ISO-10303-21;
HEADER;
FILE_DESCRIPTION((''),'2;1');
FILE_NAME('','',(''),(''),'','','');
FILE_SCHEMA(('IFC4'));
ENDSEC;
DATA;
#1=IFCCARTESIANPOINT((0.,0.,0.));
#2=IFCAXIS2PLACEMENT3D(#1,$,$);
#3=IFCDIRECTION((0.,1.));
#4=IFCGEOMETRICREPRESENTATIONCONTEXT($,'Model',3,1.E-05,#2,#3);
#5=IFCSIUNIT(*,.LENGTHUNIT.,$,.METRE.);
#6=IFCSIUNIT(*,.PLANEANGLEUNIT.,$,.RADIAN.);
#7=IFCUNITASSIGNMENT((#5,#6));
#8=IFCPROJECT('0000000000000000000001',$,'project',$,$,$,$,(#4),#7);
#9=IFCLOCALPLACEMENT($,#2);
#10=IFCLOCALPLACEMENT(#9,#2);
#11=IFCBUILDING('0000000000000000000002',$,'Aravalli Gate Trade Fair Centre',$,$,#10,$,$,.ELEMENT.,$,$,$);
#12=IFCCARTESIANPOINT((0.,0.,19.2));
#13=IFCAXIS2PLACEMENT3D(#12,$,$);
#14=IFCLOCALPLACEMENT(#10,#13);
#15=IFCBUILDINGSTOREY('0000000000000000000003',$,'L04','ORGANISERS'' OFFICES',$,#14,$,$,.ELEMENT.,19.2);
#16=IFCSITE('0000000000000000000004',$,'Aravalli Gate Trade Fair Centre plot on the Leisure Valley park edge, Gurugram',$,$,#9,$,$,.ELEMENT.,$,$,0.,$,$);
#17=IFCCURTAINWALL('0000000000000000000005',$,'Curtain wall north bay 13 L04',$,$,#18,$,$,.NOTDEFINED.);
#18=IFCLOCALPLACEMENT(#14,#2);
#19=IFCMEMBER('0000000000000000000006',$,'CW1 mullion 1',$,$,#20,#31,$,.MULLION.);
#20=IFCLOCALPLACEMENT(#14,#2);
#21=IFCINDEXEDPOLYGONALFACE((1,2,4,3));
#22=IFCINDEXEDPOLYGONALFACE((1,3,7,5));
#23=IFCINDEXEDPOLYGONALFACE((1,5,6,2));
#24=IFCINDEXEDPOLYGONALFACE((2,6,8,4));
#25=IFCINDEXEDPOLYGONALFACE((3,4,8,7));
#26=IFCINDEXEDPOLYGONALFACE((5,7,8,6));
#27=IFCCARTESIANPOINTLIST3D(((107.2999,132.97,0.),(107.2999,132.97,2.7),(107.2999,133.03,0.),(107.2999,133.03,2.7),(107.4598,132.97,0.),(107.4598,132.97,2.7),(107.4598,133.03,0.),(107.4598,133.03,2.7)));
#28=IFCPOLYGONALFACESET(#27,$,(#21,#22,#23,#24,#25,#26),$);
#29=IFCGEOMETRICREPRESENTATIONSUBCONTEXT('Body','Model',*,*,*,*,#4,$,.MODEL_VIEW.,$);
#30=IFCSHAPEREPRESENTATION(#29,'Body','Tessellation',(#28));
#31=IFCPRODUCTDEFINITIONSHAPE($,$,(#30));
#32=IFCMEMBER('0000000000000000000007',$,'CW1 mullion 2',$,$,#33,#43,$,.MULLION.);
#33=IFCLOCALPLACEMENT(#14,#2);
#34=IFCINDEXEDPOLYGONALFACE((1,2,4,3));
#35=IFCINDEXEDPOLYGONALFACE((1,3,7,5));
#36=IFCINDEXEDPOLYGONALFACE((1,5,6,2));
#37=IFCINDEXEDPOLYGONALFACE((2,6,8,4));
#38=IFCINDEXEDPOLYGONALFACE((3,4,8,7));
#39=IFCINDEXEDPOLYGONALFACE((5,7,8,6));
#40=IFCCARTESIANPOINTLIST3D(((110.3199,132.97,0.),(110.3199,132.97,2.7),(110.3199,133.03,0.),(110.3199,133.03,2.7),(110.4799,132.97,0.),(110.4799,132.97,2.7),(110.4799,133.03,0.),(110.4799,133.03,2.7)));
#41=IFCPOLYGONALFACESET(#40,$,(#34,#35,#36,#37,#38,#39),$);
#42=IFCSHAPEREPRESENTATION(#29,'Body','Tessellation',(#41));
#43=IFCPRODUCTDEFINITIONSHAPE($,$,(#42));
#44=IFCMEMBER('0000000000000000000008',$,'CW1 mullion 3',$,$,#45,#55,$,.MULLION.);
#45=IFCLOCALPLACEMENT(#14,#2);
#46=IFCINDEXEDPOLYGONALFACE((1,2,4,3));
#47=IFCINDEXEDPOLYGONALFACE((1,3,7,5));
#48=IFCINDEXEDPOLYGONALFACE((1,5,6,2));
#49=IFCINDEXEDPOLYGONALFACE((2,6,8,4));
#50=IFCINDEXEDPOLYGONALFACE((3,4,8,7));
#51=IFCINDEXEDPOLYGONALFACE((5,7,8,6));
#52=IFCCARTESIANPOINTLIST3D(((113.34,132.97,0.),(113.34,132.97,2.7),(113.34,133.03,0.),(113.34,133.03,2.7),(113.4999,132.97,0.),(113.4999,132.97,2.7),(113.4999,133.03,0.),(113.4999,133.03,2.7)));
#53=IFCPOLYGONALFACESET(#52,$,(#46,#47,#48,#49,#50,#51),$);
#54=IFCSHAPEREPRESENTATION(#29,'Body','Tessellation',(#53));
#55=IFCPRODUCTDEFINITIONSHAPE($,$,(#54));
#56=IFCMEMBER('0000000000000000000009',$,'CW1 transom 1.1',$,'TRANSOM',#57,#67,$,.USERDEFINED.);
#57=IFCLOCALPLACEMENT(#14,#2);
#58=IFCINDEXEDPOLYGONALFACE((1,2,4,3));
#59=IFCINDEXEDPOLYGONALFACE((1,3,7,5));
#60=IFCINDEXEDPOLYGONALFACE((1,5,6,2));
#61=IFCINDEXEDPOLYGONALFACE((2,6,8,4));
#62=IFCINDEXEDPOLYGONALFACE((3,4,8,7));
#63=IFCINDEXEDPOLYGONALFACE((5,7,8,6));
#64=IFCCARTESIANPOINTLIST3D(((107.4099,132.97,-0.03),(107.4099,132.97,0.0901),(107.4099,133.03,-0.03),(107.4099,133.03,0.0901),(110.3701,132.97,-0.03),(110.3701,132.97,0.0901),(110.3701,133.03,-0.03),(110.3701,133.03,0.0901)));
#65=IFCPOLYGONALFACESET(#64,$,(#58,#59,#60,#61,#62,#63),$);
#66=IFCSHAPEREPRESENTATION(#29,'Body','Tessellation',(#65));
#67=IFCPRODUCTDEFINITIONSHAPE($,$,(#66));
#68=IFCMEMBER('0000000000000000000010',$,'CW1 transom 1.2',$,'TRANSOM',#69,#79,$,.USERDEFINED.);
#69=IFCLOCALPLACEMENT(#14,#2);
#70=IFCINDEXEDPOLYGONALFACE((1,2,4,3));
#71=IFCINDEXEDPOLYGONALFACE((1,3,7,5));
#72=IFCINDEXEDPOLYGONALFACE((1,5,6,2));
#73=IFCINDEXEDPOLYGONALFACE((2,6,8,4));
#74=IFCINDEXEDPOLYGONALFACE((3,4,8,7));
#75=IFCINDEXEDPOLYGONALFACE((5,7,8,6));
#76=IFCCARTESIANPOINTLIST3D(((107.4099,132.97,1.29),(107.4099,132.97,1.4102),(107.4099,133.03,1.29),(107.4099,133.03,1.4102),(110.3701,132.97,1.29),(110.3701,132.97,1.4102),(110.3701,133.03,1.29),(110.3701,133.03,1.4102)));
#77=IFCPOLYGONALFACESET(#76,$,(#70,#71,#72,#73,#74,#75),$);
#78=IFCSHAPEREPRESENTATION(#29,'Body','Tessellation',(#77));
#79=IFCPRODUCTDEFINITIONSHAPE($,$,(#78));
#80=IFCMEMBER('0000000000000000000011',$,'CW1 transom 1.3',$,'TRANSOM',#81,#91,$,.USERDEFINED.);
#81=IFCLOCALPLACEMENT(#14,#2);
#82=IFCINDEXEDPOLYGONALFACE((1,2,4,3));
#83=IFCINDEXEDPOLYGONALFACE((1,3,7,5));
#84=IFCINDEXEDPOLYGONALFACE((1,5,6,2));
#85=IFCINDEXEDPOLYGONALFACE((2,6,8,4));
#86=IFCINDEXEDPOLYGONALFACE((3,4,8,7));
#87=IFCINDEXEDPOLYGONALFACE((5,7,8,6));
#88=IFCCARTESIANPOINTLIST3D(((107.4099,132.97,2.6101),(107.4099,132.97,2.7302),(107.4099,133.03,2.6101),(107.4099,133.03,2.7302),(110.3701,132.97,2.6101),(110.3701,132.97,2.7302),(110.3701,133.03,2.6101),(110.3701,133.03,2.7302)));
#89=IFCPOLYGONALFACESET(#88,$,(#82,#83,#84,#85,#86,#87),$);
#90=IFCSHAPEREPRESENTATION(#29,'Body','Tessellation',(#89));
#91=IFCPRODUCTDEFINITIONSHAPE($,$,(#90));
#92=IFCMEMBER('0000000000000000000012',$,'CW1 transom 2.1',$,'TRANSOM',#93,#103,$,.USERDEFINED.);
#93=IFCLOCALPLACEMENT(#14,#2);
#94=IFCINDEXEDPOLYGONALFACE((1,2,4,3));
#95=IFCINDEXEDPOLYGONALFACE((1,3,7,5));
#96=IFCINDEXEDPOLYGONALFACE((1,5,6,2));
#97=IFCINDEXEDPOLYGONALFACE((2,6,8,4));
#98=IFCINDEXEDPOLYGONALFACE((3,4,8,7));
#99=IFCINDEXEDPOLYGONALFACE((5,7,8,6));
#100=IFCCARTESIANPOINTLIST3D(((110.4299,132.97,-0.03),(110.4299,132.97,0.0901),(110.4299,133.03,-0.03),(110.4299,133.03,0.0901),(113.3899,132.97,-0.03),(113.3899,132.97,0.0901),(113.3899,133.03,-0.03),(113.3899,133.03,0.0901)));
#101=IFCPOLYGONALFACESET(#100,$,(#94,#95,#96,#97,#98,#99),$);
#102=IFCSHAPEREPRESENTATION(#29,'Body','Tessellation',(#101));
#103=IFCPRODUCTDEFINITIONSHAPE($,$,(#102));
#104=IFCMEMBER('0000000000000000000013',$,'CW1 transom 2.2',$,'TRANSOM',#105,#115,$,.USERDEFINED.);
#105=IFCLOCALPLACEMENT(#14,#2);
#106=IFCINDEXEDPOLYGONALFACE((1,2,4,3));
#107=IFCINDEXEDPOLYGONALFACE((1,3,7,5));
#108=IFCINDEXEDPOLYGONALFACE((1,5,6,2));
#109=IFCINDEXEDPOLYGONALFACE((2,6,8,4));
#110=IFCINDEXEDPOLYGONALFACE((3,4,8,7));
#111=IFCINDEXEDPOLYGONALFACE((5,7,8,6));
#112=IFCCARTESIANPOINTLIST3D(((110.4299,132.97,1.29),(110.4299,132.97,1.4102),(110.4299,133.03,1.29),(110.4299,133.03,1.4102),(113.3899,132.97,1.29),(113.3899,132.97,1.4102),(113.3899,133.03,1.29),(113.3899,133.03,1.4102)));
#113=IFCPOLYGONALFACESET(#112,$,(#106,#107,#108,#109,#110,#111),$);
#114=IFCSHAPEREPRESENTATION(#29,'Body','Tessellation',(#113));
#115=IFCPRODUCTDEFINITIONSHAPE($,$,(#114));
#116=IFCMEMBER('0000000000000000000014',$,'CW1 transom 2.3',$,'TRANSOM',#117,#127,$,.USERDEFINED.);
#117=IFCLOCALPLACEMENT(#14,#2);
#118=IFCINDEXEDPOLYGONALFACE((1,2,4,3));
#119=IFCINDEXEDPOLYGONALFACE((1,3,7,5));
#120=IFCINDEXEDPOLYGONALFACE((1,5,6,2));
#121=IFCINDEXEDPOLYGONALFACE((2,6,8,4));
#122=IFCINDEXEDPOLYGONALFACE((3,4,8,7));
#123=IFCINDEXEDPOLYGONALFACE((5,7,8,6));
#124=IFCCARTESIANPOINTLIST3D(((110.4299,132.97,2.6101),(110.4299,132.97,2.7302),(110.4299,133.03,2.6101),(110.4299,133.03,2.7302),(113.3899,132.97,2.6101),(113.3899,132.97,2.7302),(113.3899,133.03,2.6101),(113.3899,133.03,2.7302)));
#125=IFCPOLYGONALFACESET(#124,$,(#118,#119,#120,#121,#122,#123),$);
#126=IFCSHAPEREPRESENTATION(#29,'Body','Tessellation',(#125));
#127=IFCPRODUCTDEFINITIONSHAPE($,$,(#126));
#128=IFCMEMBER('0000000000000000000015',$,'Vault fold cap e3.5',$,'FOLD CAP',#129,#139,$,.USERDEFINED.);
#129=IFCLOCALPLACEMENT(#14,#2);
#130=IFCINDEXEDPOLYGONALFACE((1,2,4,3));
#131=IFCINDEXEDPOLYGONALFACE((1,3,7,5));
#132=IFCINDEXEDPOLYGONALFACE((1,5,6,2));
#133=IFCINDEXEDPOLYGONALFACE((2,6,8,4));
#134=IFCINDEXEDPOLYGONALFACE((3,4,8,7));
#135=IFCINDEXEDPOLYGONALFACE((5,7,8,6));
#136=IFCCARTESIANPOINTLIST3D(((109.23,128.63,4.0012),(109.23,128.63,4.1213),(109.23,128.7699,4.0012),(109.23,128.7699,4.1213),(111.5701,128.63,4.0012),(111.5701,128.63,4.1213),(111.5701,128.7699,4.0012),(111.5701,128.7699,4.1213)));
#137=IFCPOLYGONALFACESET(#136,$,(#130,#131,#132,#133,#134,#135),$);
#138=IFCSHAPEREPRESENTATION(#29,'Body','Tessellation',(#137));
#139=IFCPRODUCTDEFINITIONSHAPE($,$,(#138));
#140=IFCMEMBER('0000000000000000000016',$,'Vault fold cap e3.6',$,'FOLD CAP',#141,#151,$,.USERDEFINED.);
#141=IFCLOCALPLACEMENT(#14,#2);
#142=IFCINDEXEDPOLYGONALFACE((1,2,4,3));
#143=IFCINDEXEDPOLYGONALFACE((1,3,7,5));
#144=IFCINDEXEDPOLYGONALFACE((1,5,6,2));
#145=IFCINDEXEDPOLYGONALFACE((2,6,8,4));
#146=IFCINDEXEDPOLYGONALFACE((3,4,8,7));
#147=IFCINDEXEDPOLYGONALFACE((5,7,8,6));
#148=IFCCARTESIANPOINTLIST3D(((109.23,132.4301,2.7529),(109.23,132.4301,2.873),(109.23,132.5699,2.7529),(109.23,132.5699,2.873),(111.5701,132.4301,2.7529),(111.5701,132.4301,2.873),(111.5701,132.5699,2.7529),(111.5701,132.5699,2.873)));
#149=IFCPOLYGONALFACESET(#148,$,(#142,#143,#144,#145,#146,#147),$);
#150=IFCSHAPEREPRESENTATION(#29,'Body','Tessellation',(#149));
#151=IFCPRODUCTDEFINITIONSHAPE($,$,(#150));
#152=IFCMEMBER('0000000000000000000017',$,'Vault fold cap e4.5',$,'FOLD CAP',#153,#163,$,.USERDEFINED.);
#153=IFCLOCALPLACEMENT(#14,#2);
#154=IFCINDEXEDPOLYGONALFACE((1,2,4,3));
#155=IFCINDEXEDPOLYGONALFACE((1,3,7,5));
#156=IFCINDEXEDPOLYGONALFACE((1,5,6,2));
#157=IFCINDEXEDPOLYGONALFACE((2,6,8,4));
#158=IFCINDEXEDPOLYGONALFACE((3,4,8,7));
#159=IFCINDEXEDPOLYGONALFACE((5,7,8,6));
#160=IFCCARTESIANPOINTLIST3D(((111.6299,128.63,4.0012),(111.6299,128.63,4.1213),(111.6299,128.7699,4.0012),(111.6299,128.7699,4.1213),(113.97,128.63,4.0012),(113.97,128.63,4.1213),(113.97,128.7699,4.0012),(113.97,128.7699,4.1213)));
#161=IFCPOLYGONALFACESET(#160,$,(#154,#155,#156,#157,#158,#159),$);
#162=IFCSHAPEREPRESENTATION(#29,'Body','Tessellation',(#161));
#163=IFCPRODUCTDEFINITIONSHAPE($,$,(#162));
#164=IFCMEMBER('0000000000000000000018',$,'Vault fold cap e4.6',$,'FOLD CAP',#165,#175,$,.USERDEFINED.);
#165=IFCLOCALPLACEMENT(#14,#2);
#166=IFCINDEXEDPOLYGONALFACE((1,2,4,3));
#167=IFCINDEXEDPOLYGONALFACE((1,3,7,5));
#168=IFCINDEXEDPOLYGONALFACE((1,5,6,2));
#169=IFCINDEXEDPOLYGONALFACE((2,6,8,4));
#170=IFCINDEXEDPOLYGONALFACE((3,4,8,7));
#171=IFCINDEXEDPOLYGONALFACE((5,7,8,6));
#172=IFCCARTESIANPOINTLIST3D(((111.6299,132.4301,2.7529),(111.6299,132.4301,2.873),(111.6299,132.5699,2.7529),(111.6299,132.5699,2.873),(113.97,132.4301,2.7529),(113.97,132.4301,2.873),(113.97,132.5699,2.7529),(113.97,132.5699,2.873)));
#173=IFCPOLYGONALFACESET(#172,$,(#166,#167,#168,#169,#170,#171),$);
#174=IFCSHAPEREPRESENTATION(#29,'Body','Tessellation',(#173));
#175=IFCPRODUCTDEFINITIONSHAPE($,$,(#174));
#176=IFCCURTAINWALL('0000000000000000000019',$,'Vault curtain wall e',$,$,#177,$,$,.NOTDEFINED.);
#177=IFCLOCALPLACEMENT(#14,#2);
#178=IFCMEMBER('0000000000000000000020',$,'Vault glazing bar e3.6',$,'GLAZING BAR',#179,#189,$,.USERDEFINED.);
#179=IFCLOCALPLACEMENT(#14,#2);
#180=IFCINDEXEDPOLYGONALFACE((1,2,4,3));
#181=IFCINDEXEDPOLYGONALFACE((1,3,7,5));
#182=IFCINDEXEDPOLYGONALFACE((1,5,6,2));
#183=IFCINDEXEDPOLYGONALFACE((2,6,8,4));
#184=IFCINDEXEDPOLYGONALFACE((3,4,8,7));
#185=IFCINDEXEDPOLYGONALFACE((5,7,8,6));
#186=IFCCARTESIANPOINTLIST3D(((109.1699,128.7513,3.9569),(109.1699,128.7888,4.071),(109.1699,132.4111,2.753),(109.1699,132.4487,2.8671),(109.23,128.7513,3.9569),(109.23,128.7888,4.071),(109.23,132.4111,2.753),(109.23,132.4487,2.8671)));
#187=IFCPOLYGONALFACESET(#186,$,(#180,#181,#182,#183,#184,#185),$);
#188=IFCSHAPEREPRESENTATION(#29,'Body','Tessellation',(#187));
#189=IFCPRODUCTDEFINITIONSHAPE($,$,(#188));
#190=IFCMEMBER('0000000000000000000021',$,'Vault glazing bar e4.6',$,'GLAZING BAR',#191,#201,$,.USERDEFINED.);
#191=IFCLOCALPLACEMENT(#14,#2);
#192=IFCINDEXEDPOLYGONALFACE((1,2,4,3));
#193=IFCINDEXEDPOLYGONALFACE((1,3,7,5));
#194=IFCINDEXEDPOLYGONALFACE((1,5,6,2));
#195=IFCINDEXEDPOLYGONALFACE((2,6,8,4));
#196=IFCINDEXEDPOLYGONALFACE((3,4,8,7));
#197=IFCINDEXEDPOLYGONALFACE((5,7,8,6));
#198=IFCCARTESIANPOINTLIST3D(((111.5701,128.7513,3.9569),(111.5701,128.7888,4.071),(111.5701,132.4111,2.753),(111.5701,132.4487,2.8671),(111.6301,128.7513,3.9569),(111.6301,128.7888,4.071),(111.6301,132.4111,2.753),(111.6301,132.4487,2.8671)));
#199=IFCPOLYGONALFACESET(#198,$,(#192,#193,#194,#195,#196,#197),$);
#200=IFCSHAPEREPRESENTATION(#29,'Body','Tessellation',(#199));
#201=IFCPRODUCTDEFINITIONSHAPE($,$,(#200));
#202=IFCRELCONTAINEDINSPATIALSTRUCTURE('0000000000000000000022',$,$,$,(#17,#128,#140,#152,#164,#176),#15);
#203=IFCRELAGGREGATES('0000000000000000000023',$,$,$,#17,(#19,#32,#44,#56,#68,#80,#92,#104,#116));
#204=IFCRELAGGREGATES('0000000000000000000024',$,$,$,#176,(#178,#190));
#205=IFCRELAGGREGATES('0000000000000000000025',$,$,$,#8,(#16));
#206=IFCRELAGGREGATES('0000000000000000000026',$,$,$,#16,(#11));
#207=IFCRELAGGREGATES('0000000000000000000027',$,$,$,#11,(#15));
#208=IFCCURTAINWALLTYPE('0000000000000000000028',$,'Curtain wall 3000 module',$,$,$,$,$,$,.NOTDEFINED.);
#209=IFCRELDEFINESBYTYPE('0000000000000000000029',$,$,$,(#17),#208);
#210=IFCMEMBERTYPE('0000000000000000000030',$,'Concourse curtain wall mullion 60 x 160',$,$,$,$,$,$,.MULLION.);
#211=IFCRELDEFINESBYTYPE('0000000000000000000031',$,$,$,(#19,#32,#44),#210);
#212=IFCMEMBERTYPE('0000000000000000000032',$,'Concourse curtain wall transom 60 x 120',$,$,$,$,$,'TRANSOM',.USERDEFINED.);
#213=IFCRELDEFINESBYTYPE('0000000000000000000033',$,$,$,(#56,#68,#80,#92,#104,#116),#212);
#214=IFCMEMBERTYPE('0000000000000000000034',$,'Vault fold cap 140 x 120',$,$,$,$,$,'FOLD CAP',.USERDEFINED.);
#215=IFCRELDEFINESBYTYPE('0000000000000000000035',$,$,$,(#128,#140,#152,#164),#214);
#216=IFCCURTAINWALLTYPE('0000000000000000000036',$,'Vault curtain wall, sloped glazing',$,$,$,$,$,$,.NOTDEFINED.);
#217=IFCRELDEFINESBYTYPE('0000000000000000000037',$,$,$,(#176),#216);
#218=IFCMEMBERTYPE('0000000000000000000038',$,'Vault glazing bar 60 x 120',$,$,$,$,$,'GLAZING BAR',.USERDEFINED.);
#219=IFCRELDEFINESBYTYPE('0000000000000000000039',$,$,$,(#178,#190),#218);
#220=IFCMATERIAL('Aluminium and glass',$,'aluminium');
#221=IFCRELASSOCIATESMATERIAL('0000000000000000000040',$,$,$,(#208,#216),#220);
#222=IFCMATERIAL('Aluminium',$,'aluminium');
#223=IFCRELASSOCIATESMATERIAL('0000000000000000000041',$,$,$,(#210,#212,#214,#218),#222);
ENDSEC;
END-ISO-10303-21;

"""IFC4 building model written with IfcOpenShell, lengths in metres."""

from ifc_helpers import new_model, si_unit, direction, frame, origin, origin_2d, place, context, subcontext, project, spatial, rectangle, extrude, material, material_profile, profile_set, type_object, element, aggregate, save


model = new_model("IFC4")

# Units and contexts
model_context = context("Model", 3, precision=1e-05, world=origin(), true_north=direction((0.0, 1.0)))
body_context = subcontext(model_context, "Body", "Model", "MODEL_VIEW")
ifc_project = project(units=[si_unit("LENGTHUNIT", "METRE"), si_unit("PLANEANGLEUNIT", "RADIAN")], contexts=[model_context])

# Site, building, storey
site_placement = place(None, origin())
site = spatial("IfcSite", under=ifc_project, at=site_placement, Name="Aravalli Gate Trade Fair Centre plot on the Leisure Valley park edge, Gurugram", CompositionType="ELEMENT", RefElevation=0.0)
building_placement = place(site_placement, origin())
building = spatial("IfcBuilding", under=site, at=building_placement, Name="Aravalli Gate Trade Fair Centre", CompositionType="ELEMENT")
storey_placement = place(building_placement, frame((0.0, 0.0, 19.2)))
storey = spatial("IfcBuildingStorey", under=building, at=storey_placement, Name="L04", Description="ORGANISERS' OFFICES", CompositionType="ELEMENT", Elevation=19.2)

# Curtain wall, members
ifc_material_1 = material(Name="Aluminium and glass", Category="aluminium")
curtain_wall_type_1 = type_object("IfcCurtainWallType", Name="Curtain wall 3000 module", PredefinedType="NOTDEFINED", material=ifc_material_1)
curtain_wall_1_placement = place(storey_placement, origin())
curtain_wall_1 = element("IfcCurtainWall", 1, at=curtain_wall_1_placement, inside=storey, type_object=curtain_wall_type_1, Name="Curtain wall north bay 13 L04", PredefinedType="NOTDEFINED")
ifc_material_2 = material(Name="Aluminium", Category="aluminium")
ifc_material_profile_1 = material_profile(ifc_material_2, rectangle(XDim=0.0601, YDim=0.1599, at=origin_2d()), Name="Concourse curtain wall mullion 60 x 160")
ifc_profile_set_1 = profile_set([ifc_material_profile_1], Name="Aluminium")
member_type_1 = type_object("IfcMemberType", Name="Concourse curtain wall mullion 60 x 160", PredefinedType="MULLION", material=ifc_profile_set_1)
member_1_placement = place(storey_placement, frame((107.3799, 133.0, 0.0), z_axis=(0.0, 0.0, 1.0), x_axis=(0.0, 1.0, 0.0)))
member_1 = element("IfcMember", 2, at=member_1_placement, type_object=member_type_1, Name="CW1 mullion 1", PredefinedType="MULLION", context=body_context, shape_type="SweptSolid", body=[
    extrude(rectangle(XDim=0.0601, YDim=0.1599, at=origin_2d()), origin(), (0.0, 0.0, 1.0), 2.7),
])
member_2_placement = place(storey_placement, frame((110.3999, 133.0, 0.0), z_axis=(0.0, 0.0, 1.0), x_axis=(0.0, 1.0, 0.0)))
member_2 = element("IfcMember", 3, at=member_2_placement, type_object=member_type_1, Name="CW1 mullion 2", PredefinedType="MULLION", context=body_context, shape_type="SweptSolid", body=[
    extrude(rectangle(XDim=0.0601, YDim=0.1599, at=origin_2d()), origin(), (0.0, 0.0, 1.0), 2.7),
])
member_3_placement = place(storey_placement, frame((113.4199, 133.0, 0.0), z_axis=(0.0, 0.0, 1.0), x_axis=(0.0, 1.0, 0.0)))
member_3 = element("IfcMember", 4, at=member_3_placement, type_object=member_type_1, Name="CW1 mullion 3", PredefinedType="MULLION", context=body_context, shape_type="SweptSolid", body=[
    extrude(rectangle(XDim=0.0601, YDim=0.1599, at=origin_2d()), origin(), (0.0, 0.0, 1.0), 2.7),
])
ifc_material_profile_2 = material_profile(ifc_material_2, rectangle(XDim=0.0601, YDim=0.1201, at=origin_2d()), Name="Concourse curtain wall transom 60 x 120")
ifc_profile_set_2 = profile_set([ifc_material_profile_2], Name="Aluminium")
member_type_2 = type_object("IfcMemberType", Name="Concourse curtain wall transom 60 x 120", ElementType="TRANSOM", PredefinedType="USERDEFINED", material=ifc_profile_set_2)
member_4_placement = place(storey_placement, frame((107.4099, 133.0, 0.03), z_axis=(1.0, 0.0, 0.0), x_axis=(0.0, 1.0, 0.0)))
member_4 = element("IfcMember", 5, at=member_4_placement, type_object=member_type_2, Name="CW1 transom 1.1", ObjectType="TRANSOM", PredefinedType="USERDEFINED", context=body_context, shape_type="SweptSolid", body=[
    extrude(rectangle(XDim=0.0601, YDim=0.1201, at=origin_2d()), origin(), (0.0, 0.0, 1.0), 2.9602),
])
member_5_placement = place(storey_placement, frame((107.4099, 133.0, 1.3501), z_axis=(1.0, 0.0, 0.0), x_axis=(0.0, 1.0, 0.0)))
member_5 = element("IfcMember", 6, at=member_5_placement, type_object=member_type_2, Name="CW1 transom 1.2", ObjectType="TRANSOM", PredefinedType="USERDEFINED", context=body_context, shape_type="SweptSolid", body=[
    extrude(rectangle(XDim=0.0601, YDim=0.1201, at=origin_2d()), origin(), (0.0, 0.0, 1.0), 2.9602),
])
member_6_placement = place(storey_placement, frame((107.4099, 133.0, 2.6702), z_axis=(1.0, 0.0, 0.0), x_axis=(0.0, 1.0, 0.0)))
member_6 = element("IfcMember", 7, at=member_6_placement, type_object=member_type_2, Name="CW1 transom 1.3", ObjectType="TRANSOM", PredefinedType="USERDEFINED", context=body_context, shape_type="SweptSolid", body=[
    extrude(rectangle(XDim=0.0601, YDim=0.1201, at=origin_2d()), origin(), (0.0, 0.0, 1.0), 2.9602),
])
member_7_placement = place(storey_placement, frame((110.4299, 133.0, 0.03), z_axis=(1.0, 0.0, 0.0), x_axis=(0.0, 1.0, 0.0)))
member_7 = element("IfcMember", 8, at=member_7_placement, type_object=member_type_2, Name="CW1 transom 2.1", ObjectType="TRANSOM", PredefinedType="USERDEFINED", context=body_context, shape_type="SweptSolid", body=[
    extrude(rectangle(XDim=0.0601, YDim=0.1201, at=origin_2d()), origin(), (0.0, 0.0, 1.0), 2.96),
])
member_8_placement = place(storey_placement, frame((110.4299, 133.0, 1.3501), z_axis=(1.0, 0.0, 0.0), x_axis=(0.0, 1.0, 0.0)))
member_8 = element("IfcMember", 9, at=member_8_placement, type_object=member_type_2, Name="CW1 transom 2.2", ObjectType="TRANSOM", PredefinedType="USERDEFINED", context=body_context, shape_type="SweptSolid", body=[
    extrude(rectangle(XDim=0.0601, YDim=0.1201, at=origin_2d()), origin(), (0.0, 0.0, 1.0), 2.96),
])
member_9_placement = place(storey_placement, frame((110.4299, 133.0, 2.6702), z_axis=(1.0, 0.0, 0.0), x_axis=(0.0, 1.0, 0.0)))
member_9 = element("IfcMember", 10, at=member_9_placement, type_object=member_type_2, Name="CW1 transom 2.3", ObjectType="TRANSOM", PredefinedType="USERDEFINED", context=body_context, shape_type="SweptSolid", body=[
    extrude(rectangle(XDim=0.0601, YDim=0.1201, at=origin_2d()), origin(), (0.0, 0.0, 1.0), 2.96),
])

# Members
ifc_material_profile_3 = material_profile(ifc_material_2, rectangle(XDim=0.1399, YDim=0.1201, at=origin_2d()), Name="Vault fold cap 140 x 120")
ifc_profile_set_3 = profile_set([ifc_material_profile_3], Name="Aluminium")
member_type_3 = type_object("IfcMemberType", Name="Vault fold cap 140 x 120", ElementType="FOLD CAP", PredefinedType="USERDEFINED", material=ifc_profile_set_3)
for number, where, z_axis, x_axis, name in (
    (11, (109.23, 128.7, 4.0613), (1.0, 0.0, 0.0), (0.0, 1.0, 0.0), "Vault fold cap e3.5"),
    (12, (109.23, 132.5, 2.813), (1.0, 0.0, 0.0), (0.0, 1.0, 0.0), "Vault fold cap e3.6"),
    (13, (111.6299, 128.7, 4.0613), (1.0, 0.0, 0.0), (0.0, 1.0, 0.0), "Vault fold cap e4.5"),
    (14, (111.6299, 132.5, 2.813), (1.0, 0.0, 0.0), (0.0, 1.0, 0.0), "Vault fold cap e4.6"),
):
    element("IfcMember", number, at=place(storey_placement, frame(where, z_axis=z_axis, x_axis=x_axis)), inside=storey, type_object=member_type_3, Name=name, ObjectType="FOLD CAP", PredefinedType="USERDEFINED", context=body_context, shape_type="SweptSolid", body=[
        extrude(rectangle(XDim=0.1399, YDim=0.1201, at=origin_2d()), origin(), (0.0, 0.0, 1.0), 2.3401),
    ])

# Curtain wall, members
curtain_wall_type_2 = type_object("IfcCurtainWallType", Name="Vault curtain wall, sloped glazing", PredefinedType="NOTDEFINED", material=ifc_material_1)
curtain_wall_2_placement = place(storey_placement, origin())
curtain_wall_2 = element("IfcCurtainWall", 15, at=curtain_wall_2_placement, inside=storey, type_object=curtain_wall_type_2, Name="Vault curtain wall e", PredefinedType="NOTDEFINED")
ifc_material_profile_4 = material_profile(ifc_material_2, rectangle(XDim=0.0601, YDim=0.1201, at=origin_2d()), Name="Vault glazing bar 60 x 120")
ifc_profile_set_4 = profile_set([ifc_material_profile_4], Name="Aluminium")
member_type_4 = type_object("IfcMemberType", Name="Vault glazing bar 60 x 120", ElementType="GLAZING BAR", PredefinedType="USERDEFINED", material=ifc_profile_set_4)
member_10_placement = place(storey_placement, frame((109.2, 128.77, 4.0139), z_axis=(0.0, 0.94993, -0.312461), x_axis=(-1.0, 0.0, 0.0)))
member_10 = element("IfcMember", 16, at=member_10_placement, type_object=member_type_4, Name="Vault glazing bar e3.6", ObjectType="GLAZING BAR", PredefinedType="USERDEFINED", context=body_context, shape_type="SweptSolid", body=[
    extrude(rectangle(XDim=0.0601, YDim=0.1201, at=origin_2d()), origin(), (0.0, 0.0, 1.0), 3.8528),
])
member_11_placement = place(storey_placement, frame((111.6001, 128.77, 4.0139), z_axis=(0.0, 0.94993, -0.312461), x_axis=(-1.0, 0.0, 0.0)))
member_11 = element("IfcMember", 17, at=member_11_placement, type_object=member_type_4, Name="Vault glazing bar e4.6", ObjectType="GLAZING BAR", PredefinedType="USERDEFINED", context=body_context, shape_type="SweptSolid", body=[
    extrude(rectangle(XDim=0.0601, YDim=0.1201, at=origin_2d()), origin(), (0.0, 0.0, 1.0), 3.8528),
])

aggregate(curtain_wall_1, [member_1, member_2, member_3, member_4, member_5, member_6, member_7, member_8, member_9])
aggregate(curtain_wall_2, [member_10, member_11])

save(model, "model.ifc")
